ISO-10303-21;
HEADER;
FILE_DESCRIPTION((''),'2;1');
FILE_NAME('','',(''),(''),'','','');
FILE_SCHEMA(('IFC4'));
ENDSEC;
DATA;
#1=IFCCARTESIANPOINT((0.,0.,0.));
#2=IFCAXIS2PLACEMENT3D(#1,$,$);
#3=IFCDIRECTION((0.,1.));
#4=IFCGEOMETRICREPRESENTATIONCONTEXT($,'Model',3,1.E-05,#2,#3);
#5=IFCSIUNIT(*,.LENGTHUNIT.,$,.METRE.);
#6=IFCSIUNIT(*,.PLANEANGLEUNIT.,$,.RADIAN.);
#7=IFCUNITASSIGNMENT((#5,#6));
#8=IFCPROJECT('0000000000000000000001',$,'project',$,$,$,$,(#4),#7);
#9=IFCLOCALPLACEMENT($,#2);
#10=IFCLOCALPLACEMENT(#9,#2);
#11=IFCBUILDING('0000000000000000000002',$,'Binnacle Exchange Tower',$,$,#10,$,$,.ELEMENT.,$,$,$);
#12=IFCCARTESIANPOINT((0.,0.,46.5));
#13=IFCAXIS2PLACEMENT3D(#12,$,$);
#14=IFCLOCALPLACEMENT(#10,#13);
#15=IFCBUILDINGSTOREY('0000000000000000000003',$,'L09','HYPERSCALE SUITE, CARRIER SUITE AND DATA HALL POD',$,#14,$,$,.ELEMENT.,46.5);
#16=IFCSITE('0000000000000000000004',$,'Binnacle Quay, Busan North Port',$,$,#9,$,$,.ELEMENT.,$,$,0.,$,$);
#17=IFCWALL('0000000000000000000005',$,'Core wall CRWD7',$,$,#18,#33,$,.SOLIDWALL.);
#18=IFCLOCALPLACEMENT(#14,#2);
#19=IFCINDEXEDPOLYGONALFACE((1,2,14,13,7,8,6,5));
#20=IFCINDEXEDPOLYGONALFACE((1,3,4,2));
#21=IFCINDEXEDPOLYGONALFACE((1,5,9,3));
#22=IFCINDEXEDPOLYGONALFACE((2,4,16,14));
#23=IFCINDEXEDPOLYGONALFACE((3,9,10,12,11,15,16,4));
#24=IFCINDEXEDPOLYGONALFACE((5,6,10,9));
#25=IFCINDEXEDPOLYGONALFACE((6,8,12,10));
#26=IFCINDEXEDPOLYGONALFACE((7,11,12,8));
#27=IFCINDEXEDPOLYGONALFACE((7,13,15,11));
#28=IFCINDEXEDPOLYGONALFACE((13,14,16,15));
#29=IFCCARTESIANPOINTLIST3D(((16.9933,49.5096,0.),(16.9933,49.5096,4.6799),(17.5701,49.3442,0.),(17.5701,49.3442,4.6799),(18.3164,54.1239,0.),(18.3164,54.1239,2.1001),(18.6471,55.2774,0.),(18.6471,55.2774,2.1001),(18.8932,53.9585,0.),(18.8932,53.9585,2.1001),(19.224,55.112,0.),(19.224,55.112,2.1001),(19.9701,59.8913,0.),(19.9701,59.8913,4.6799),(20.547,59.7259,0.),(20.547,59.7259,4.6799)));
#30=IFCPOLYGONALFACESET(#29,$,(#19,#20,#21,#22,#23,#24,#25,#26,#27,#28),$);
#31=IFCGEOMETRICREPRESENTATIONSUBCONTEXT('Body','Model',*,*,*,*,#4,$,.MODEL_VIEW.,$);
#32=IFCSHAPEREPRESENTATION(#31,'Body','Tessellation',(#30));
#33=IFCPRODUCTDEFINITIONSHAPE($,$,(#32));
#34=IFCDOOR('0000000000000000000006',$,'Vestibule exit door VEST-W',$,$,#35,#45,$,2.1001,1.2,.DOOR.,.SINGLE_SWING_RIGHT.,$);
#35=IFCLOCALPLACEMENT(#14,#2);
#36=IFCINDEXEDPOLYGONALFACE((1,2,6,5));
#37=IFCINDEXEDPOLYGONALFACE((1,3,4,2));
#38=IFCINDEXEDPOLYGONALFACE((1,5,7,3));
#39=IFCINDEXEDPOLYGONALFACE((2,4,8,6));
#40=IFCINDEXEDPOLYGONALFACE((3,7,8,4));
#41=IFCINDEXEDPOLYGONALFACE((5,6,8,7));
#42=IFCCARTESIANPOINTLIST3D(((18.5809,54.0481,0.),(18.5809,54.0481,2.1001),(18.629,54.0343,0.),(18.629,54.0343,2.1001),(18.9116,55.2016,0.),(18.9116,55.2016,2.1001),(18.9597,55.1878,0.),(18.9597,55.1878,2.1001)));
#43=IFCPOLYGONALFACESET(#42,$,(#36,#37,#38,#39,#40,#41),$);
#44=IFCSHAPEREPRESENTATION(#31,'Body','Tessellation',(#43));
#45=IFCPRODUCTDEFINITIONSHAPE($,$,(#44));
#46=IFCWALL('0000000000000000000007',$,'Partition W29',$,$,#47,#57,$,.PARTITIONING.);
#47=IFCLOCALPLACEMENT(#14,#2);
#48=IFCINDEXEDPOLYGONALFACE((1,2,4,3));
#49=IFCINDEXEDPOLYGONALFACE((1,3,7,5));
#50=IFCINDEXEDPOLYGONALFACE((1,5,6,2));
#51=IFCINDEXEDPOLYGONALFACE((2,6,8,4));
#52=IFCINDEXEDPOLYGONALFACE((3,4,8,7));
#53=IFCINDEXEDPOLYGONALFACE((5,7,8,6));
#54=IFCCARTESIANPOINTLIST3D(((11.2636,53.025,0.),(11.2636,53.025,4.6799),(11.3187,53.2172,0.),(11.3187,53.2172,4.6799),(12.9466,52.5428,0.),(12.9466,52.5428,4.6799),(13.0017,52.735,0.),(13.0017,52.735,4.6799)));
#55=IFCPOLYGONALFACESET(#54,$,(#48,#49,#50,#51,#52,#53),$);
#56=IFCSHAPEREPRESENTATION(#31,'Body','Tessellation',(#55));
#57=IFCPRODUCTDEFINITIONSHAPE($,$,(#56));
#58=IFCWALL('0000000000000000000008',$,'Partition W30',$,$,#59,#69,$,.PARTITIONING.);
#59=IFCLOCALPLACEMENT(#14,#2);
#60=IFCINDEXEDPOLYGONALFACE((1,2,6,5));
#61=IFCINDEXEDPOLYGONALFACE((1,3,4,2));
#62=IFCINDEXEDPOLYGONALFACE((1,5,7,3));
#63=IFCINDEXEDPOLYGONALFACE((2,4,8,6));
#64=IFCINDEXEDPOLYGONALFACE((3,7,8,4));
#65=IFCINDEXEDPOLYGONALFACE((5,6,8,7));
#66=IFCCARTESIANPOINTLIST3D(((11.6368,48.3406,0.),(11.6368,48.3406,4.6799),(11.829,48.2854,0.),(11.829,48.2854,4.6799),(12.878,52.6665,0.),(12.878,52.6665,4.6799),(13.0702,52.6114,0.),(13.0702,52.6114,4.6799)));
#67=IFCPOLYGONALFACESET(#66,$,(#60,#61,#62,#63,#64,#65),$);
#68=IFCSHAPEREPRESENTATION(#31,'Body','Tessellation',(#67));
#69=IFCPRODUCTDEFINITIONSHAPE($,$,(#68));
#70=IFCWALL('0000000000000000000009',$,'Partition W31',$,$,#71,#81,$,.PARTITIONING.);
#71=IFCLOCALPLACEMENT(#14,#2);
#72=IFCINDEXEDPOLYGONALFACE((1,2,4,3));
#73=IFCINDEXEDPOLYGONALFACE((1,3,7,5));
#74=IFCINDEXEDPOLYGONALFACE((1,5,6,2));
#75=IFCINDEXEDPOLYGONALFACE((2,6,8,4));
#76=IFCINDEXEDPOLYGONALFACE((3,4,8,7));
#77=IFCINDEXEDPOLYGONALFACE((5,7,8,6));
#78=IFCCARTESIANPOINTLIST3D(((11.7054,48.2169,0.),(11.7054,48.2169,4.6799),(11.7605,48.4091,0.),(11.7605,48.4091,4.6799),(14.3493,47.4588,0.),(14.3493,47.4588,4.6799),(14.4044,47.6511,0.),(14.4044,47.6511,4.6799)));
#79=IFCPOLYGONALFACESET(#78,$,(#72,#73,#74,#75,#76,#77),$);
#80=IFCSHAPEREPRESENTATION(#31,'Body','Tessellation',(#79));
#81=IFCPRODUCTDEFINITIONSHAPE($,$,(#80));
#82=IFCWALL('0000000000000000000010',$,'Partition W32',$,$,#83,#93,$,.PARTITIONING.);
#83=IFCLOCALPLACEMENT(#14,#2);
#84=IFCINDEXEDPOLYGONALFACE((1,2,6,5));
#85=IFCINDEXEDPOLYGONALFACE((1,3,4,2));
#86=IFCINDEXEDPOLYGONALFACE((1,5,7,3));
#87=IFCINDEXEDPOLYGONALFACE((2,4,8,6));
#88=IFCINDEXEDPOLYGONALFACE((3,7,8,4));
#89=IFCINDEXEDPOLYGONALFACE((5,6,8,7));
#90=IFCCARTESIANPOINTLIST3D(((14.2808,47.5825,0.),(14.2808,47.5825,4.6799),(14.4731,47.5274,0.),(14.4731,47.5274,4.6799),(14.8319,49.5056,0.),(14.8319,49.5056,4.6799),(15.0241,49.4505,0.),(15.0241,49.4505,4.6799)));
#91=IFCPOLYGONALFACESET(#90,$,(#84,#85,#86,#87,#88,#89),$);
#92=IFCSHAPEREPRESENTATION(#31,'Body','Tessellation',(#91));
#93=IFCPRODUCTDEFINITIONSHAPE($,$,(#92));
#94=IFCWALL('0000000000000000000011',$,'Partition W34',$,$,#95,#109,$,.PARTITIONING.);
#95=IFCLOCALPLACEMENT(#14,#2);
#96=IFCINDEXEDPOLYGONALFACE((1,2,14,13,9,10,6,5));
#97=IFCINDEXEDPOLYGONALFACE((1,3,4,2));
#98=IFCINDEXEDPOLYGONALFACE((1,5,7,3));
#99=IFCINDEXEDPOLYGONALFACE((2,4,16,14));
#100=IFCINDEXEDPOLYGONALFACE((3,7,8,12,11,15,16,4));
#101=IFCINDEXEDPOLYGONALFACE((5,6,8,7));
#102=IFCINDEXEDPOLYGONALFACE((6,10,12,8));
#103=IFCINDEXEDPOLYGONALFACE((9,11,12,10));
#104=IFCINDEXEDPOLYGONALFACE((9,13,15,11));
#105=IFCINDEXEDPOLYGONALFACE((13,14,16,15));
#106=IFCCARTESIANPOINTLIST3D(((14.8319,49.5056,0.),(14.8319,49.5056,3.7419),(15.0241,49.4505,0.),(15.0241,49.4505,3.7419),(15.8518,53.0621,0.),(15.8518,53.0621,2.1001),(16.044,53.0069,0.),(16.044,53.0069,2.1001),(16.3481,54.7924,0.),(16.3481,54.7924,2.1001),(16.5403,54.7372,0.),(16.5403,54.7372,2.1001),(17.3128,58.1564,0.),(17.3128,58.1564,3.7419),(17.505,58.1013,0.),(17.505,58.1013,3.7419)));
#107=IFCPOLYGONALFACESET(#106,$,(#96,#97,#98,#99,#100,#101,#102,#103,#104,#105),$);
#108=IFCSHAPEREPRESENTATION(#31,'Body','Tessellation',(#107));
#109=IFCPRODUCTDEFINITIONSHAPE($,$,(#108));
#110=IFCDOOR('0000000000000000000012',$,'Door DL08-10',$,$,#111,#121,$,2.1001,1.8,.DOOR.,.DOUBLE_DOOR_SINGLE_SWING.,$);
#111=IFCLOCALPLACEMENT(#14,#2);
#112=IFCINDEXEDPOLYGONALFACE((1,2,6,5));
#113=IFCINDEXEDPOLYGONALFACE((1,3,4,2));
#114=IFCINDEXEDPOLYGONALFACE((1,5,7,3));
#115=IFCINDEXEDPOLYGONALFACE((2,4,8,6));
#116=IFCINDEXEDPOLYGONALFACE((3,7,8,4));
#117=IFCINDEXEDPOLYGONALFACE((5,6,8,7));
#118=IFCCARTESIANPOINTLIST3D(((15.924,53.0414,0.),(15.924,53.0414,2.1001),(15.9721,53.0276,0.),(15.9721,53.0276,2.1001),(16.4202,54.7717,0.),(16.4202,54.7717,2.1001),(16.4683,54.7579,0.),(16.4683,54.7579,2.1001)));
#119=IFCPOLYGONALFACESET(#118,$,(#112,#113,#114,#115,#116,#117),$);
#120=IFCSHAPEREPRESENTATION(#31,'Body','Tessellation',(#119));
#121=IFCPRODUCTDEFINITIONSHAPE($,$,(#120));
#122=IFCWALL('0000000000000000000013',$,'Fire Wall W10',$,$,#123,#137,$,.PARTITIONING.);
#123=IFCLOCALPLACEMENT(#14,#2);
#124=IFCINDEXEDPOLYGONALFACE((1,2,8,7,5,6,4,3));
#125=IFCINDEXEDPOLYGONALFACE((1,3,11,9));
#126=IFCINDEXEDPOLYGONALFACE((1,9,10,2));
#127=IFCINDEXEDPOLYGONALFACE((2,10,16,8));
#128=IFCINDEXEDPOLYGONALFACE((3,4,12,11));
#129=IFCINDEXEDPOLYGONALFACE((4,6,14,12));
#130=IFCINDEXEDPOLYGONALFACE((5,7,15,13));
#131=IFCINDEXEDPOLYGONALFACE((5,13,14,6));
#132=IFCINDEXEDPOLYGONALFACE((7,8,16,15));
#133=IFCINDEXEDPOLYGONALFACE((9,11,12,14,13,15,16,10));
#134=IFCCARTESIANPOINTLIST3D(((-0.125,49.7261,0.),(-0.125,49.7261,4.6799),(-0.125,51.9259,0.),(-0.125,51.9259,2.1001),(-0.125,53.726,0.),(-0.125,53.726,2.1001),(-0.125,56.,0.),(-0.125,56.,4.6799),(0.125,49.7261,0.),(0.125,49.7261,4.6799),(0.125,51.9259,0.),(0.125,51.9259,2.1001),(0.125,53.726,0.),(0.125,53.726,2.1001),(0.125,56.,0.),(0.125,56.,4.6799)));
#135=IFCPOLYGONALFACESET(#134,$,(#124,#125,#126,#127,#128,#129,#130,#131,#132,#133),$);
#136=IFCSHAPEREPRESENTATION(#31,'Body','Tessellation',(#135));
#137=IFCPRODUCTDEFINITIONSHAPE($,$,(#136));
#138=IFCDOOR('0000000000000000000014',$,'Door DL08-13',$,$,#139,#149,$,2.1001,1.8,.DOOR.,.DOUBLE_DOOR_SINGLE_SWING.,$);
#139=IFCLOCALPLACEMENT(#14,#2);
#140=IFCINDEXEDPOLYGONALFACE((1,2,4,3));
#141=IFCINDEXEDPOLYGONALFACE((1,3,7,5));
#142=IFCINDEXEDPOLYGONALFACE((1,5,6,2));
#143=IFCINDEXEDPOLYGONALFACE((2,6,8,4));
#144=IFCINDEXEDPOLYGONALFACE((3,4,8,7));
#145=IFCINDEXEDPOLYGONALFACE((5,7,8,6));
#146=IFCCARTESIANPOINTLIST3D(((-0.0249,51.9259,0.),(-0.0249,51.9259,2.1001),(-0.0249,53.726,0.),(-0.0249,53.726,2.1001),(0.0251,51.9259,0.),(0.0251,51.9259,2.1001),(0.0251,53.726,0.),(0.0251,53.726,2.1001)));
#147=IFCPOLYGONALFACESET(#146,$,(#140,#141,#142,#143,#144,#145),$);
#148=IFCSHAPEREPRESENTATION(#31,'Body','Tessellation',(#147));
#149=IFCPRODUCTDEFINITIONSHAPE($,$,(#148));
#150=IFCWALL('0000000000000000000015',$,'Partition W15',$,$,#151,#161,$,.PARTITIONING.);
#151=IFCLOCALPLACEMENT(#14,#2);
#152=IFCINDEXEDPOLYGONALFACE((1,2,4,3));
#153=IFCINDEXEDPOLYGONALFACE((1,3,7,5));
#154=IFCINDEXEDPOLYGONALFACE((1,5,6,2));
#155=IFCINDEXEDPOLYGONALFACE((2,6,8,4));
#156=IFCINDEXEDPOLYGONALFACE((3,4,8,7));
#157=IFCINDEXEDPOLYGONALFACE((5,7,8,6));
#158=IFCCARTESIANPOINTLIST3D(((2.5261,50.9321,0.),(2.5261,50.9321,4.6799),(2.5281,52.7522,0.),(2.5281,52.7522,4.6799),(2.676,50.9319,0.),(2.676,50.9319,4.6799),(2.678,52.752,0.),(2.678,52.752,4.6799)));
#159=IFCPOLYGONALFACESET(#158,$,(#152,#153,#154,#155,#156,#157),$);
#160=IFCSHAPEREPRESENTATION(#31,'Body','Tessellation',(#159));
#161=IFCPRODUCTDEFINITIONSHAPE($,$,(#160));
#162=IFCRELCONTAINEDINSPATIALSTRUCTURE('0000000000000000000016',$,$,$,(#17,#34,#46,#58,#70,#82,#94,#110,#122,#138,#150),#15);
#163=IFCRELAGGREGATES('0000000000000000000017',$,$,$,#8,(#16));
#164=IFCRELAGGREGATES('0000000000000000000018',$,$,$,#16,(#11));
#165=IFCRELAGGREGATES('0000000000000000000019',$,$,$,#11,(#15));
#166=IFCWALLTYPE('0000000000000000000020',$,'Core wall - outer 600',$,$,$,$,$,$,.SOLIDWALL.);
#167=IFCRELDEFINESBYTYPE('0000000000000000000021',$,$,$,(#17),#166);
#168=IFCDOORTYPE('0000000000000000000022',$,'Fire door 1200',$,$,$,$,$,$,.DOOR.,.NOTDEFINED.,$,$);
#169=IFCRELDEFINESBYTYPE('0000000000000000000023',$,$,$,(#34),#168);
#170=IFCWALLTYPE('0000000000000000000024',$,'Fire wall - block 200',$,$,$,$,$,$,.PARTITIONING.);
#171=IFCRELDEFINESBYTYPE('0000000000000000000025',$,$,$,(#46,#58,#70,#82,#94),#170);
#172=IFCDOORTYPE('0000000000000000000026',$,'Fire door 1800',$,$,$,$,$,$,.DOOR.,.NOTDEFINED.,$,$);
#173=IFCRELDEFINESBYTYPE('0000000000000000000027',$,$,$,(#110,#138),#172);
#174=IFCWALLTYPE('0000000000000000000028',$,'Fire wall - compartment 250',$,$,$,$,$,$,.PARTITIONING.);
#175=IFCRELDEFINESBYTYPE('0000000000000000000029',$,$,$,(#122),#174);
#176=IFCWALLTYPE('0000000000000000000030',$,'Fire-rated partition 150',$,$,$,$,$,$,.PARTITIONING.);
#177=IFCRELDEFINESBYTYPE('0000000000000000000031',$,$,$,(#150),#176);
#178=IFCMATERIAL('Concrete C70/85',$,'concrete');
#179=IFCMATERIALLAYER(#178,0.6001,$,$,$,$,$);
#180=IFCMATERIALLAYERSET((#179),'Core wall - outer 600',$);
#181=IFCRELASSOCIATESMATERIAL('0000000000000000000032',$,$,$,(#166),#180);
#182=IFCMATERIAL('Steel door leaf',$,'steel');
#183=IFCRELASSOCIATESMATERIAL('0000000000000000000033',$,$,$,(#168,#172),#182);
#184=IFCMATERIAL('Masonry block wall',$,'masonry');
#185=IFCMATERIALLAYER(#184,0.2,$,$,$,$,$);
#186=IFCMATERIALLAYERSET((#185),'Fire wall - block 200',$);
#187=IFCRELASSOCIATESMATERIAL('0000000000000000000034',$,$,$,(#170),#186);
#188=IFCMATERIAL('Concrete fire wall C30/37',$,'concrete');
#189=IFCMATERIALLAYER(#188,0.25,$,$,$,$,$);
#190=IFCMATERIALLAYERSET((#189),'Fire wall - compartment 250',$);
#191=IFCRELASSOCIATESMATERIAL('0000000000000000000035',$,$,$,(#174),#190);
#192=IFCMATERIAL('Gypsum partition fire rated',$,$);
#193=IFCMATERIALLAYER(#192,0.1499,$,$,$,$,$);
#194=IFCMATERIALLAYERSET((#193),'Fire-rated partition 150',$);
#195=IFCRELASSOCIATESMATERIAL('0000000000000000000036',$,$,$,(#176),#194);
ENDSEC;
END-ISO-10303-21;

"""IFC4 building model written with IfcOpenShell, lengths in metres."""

from ifc_helpers import new_model, si_unit, direction, frame, frame_2d, origin, place, context, subcontext, project, spatial, rectangle, extrude, material, layer, layer_set, type_object, element, fill, save


model = new_model("IFC4")

# Units and contexts
model_context = context("Model", 3, precision=1e-05, world=origin(), true_north=direction((0.0, 1.0)))
body_context = subcontext(model_context, "Body", "Model", "MODEL_VIEW")
ifc_project = project(units=[si_unit("LENGTHUNIT", "METRE"), si_unit("PLANEANGLEUNIT", "RADIAN")], contexts=[model_context])

# Site, building, storey
site_placement = place(None, origin())
site = spatial("IfcSite", under=ifc_project, at=site_placement, Name="Binnacle Quay, Busan North Port", CompositionType="ELEMENT", RefElevation=0.0)
building_placement = place(site_placement, origin())
building = spatial("IfcBuilding", under=site, at=building_placement, Name="Binnacle Exchange Tower", CompositionType="ELEMENT")
storey_placement = place(building_placement, frame((0.0, 0.0, 46.5)))
storey = spatial("IfcBuildingStorey", under=building, at=storey_placement, Name="L09", Description="HYPERSCALE SUITE, CARRIER SUITE AND DATA HALL POD", CompositionType="ELEMENT", Elevation=46.5)

# Shared definitions
ifc_material_1 = material(Name="Concrete C70/85", Category="concrete")

# Shared definitions
ifc_layer_1 = layer(ifc_material_1, 0.6001)
ifc_layer_set_1 = layer_set([ifc_layer_1], Name="Core wall - outer 600")
wall_type_1 = type_object("IfcWallType", Name="Core wall - outer 600", PredefinedType="SOLIDWALL", material=ifc_layer_set_1)

# Wall, opening, door
wall_1_placement = place(storey_placement, frame((17.2817, 49.427, 0.0), z_axis=(0.0, 0.0, 1.0), x_axis=(0.275632, 0.961263, 0.0)))
wall_1 = element("IfcWall", 1, at=wall_1_placement, inside=storey, type_object=wall_type_1, Name="Core wall CRWD7", PredefinedType="SOLIDWALL", context=body_context, shape_type="SweptSolid", body=[
    extrude(rectangle(XDim=10.8, YDim=0.6001, at=frame_2d((5.3999, 0.0))), origin(), (0.0, 0.0, 1.0), 4.6799),
])
opening_1_placement = place(wall_1_placement, frame((4.8, 0.0, 0.0)))
opening_1 = element("IfcOpeningElement", 2, at=opening_1_placement, cuts=wall_1, PredefinedType="OPENING", context=body_context, shape_type="SweptSolid", body=[
    extrude(rectangle(XDim=1.2, YDim=2.1001, at=frame_2d((0.6001, 1.05))), frame((0.0, 0.3101, 0.0), z_axis=(0.0, -1.0, 0.0), x_axis=(1.0, 0.0, 0.0)), (0.0, 0.0, 1.0), 0.6201),
])
ifc_material_2 = material(Name="Steel door leaf", Category="steel")
door_type_1 = type_object("IfcDoorType", Name="Fire door 1200", OperationType="NOTDEFINED", PredefinedType="DOOR", material=ifc_material_2)
door_1_placement = place(opening_1_placement, origin())
door_1 = element("IfcDoor", 3, at=door_1_placement, inside=storey, type_object=door_type_1, Name="Vestibule exit door VEST-W", OperationType="SINGLE_SWING_RIGHT", OverallHeight=2.1001, OverallWidth=1.2, PredefinedType="DOOR", context=body_context, shape_type="SweptSolid", body=[
    extrude(rectangle(XDim=1.2, YDim=2.1001, at=frame_2d((0.6001, 1.05))), frame((0.0, 0.0249, 0.0), z_axis=(0.0, -1.0, 0.0), x_axis=(1.0, 0.0, 0.0)), (0.0, 0.0, 1.0), 0.05),
])
fill(opening_1, door_1)

# Walls
ifc_material_3 = material(Name="Masonry block wall", Category="masonry")
ifc_layer_2 = layer(ifc_material_3, 0.2)
ifc_layer_set_2 = layer_set([ifc_layer_2], Name="Fire wall - block 200")
wall_type_2 = type_object("IfcWallType", Name="Fire wall - block 200", PredefinedType="PARTITIONING", material=ifc_layer_set_2)
wall_2_placement = place(storey_placement, frame((11.291, 53.1211, 0.0), z_axis=(0.0, 0.0, 1.0), x_axis=(0.961329, -0.275402, 0.0)))
element("IfcWall", 4, at=wall_2_placement, inside=storey, type_object=wall_type_2, Name="Partition W29", PredefinedType="PARTITIONING", context=body_context, shape_type="SweptSolid", body=[
    extrude(rectangle(XDim=1.7507, YDim=0.2, at=frame_2d((0.8755, 0.0))), origin(), (0.0, 0.0, 1.0), 4.6799),
])
wall_3_placement = place(storey_placement, frame((11.7329, 48.313, 0.0), z_axis=(0.0, 0.0, 1.0), x_axis=(0.275796, 0.961216, 0.0)))
element("IfcWall", 5, at=wall_3_placement, inside=storey, type_object=wall_type_2, Name="Partition W30", PredefinedType="PARTITIONING", context=body_context, shape_type="SweptSolid", body=[
    extrude(rectangle(XDim=4.5005, YDim=0.2, at=frame_2d((2.2502, 0.0))), origin(), (0.0, 0.0, 1.0), 4.6799),
])
wall_4_placement = place(storey_placement, frame((11.7329, 48.313, 0.0), z_axis=(0.0, 0.0, 1.0), x_axis=(0.961272, -0.2756, 0.0)))
element("IfcWall", 6, at=wall_4_placement, inside=storey, type_object=wall_type_2, Name="Partition W31", PredefinedType="PARTITIONING", context=body_context, shape_type="SweptSolid", body=[
    extrude(rectangle(XDim=2.7505, YDim=0.2, at=frame_2d((1.3752, 0.0))), origin(), (0.0, 0.0, 1.0), 4.6799),
])
wall_5_placement = place(storey_placement, frame((14.377, 47.5549, 0.0), z_axis=(0.0, 0.0, 1.0), x_axis=(0.275446, 0.961316, 0.0)))
element("IfcWall", 7, at=wall_5_placement, inside=storey, type_object=wall_type_2, Name="Partition W32", PredefinedType="PARTITIONING", context=body_context, shape_type="SweptSolid", body=[
    extrude(rectangle(XDim=2.0005, YDim=0.2, at=frame_2d((1.0002, 0.0))), origin(), (0.0, 0.0, 1.0), 4.6799),
])

# Walls, openings, doors
wall_6_placement = place(storey_placement, frame((14.928, 49.478, 0.0), z_axis=(0.0, 0.0, 1.0), x_axis=(0.275674, 0.961251, 0.0)))
wall_6 = element("IfcWall", 8, at=wall_6_placement, inside=storey, type_object=wall_type_2, Name="Partition W34", PredefinedType="PARTITIONING", context=body_context, shape_type="SweptSolid", body=[
    extrude(rectangle(XDim=8.9995, YDim=0.2, at=frame_2d((4.4998, 0.0))), origin(), (0.0, 0.0, 1.0), 3.7419),
])
opening_2_placement = place(wall_6_placement, frame((3.7, 0.0, 0.0)))
opening_2 = element("IfcOpeningElement", 9, at=opening_2_placement, cuts=wall_6, PredefinedType="OPENING", context=body_context, shape_type="SweptSolid", body=[
    extrude(rectangle(XDim=1.8, YDim=2.1001, at=frame_2d((0.8999, 1.05))), frame((0.0, 0.1099, 0.0), z_axis=(0.0, -1.0, 0.0), x_axis=(1.0, 0.0, 0.0)), (0.0, 0.0, 1.0), 0.22),
])
door_type_2 = type_object("IfcDoorType", Name="Fire door 1800", OperationType="NOTDEFINED", PredefinedType="DOOR", material=ifc_material_2)
door_2_placement = place(opening_2_placement, origin())
door_2 = element("IfcDoor", 10, at=door_2_placement, inside=storey, type_object=door_type_2, Name="Door DL08-10", OperationType="DOUBLE_DOOR_SINGLE_SWING", OverallHeight=2.1001, OverallWidth=1.8, PredefinedType="DOOR", context=body_context, shape_type="SweptSolid", body=[
    extrude(rectangle(XDim=1.8, YDim=2.1001, at=frame_2d((0.8999, 1.05))), frame((0.0, 0.0249, 0.0), z_axis=(0.0, -1.0, 0.0), x_axis=(1.0, 0.0, 0.0)), (0.0, 0.0, 1.0), 0.05),
])
fill(opening_2, door_2)
ifc_material_4 = material(Name="Concrete fire wall C30/37", Category="concrete")
ifc_layer_3 = layer(ifc_material_4, 0.25)
ifc_layer_set_3 = layer_set([ifc_layer_3], Name="Fire wall - compartment 250")
wall_type_3 = type_object("IfcWallType", Name="Fire wall - compartment 250", PredefinedType="PARTITIONING", material=ifc_layer_set_3)
wall_7_placement = place(storey_placement, frame((0.0, 49.7261, 0.0), z_axis=(0.0, 0.0, 1.0), x_axis=(0.0, 1.0, 0.0)))
wall_7 = element("IfcWall", 11, at=wall_7_placement, inside=storey, type_object=wall_type_3, Name="Fire Wall W10", PredefinedType="PARTITIONING", context=body_context, shape_type="SweptSolid", body=[
    extrude(rectangle(XDim=6.2739, YDim=0.25, at=frame_2d((3.137, 0.0))), origin(), (0.0, 0.0, 1.0), 4.6799),
])
opening_3_placement = place(wall_7_placement, frame((2.2, 0.0, 0.0)))
opening_3 = element("IfcOpeningElement", 12, at=opening_3_placement, cuts=wall_7, PredefinedType="OPENING", context=body_context, shape_type="SweptSolid", body=[
    extrude(rectangle(XDim=1.8, YDim=2.1001, at=frame_2d((0.8999, 1.05))), frame((0.0, 0.135, 0.0), z_axis=(0.0, -1.0, 0.0), x_axis=(1.0, 0.0, 0.0)), (0.0, 0.0, 1.0), 0.27),
])
door_3_placement = place(opening_3_placement, origin())
door_3 = element("IfcDoor", 13, at=door_3_placement, inside=storey, type_object=door_type_2, Name="Door DL08-13", OperationType="DOUBLE_DOOR_SINGLE_SWING", OverallHeight=2.1001, OverallWidth=1.8, PredefinedType="DOOR", context=body_context, shape_type="SweptSolid", body=[
    extrude(rectangle(XDim=1.8, YDim=2.1001, at=frame_2d((0.8999, 1.05))), frame((0.0, 0.0249, 0.0), z_axis=(0.0, -1.0, 0.0), x_axis=(1.0, 0.0, 0.0)), (0.0, 0.0, 1.0), 0.05),
])
fill(opening_3, door_3)

# Wall
ifc_material_5 = material(Name="Gypsum partition fire rated")
ifc_layer_4 = layer(ifc_material_5, 0.1499)
ifc_layer_set_4 = layer_set([ifc_layer_4], Name="Fire-rated partition 150")
wall_type_4 = type_object("IfcWallType", Name="Fire-rated partition 150", PredefinedType="PARTITIONING", material=ifc_layer_set_4)
wall_8_placement = place(storey_placement, frame((2.6011, 50.9319, 0.0), z_axis=(0.0, 0.0, 1.0), x_axis=(0.001073, 0.999999, 0.0)))
element("IfcWall", 14, at=wall_8_placement, inside=storey, type_object=wall_type_4, Name="Partition W15", PredefinedType="PARTITIONING", context=body_context, shape_type="SweptSolid", body=[
    extrude(rectangle(XDim=1.8201, YDim=0.1499, at=frame_2d((0.9102, 0.0))), origin(), (0.0, 0.0, 1.0), 4.6799),
])

save(model, "model.ifc")
